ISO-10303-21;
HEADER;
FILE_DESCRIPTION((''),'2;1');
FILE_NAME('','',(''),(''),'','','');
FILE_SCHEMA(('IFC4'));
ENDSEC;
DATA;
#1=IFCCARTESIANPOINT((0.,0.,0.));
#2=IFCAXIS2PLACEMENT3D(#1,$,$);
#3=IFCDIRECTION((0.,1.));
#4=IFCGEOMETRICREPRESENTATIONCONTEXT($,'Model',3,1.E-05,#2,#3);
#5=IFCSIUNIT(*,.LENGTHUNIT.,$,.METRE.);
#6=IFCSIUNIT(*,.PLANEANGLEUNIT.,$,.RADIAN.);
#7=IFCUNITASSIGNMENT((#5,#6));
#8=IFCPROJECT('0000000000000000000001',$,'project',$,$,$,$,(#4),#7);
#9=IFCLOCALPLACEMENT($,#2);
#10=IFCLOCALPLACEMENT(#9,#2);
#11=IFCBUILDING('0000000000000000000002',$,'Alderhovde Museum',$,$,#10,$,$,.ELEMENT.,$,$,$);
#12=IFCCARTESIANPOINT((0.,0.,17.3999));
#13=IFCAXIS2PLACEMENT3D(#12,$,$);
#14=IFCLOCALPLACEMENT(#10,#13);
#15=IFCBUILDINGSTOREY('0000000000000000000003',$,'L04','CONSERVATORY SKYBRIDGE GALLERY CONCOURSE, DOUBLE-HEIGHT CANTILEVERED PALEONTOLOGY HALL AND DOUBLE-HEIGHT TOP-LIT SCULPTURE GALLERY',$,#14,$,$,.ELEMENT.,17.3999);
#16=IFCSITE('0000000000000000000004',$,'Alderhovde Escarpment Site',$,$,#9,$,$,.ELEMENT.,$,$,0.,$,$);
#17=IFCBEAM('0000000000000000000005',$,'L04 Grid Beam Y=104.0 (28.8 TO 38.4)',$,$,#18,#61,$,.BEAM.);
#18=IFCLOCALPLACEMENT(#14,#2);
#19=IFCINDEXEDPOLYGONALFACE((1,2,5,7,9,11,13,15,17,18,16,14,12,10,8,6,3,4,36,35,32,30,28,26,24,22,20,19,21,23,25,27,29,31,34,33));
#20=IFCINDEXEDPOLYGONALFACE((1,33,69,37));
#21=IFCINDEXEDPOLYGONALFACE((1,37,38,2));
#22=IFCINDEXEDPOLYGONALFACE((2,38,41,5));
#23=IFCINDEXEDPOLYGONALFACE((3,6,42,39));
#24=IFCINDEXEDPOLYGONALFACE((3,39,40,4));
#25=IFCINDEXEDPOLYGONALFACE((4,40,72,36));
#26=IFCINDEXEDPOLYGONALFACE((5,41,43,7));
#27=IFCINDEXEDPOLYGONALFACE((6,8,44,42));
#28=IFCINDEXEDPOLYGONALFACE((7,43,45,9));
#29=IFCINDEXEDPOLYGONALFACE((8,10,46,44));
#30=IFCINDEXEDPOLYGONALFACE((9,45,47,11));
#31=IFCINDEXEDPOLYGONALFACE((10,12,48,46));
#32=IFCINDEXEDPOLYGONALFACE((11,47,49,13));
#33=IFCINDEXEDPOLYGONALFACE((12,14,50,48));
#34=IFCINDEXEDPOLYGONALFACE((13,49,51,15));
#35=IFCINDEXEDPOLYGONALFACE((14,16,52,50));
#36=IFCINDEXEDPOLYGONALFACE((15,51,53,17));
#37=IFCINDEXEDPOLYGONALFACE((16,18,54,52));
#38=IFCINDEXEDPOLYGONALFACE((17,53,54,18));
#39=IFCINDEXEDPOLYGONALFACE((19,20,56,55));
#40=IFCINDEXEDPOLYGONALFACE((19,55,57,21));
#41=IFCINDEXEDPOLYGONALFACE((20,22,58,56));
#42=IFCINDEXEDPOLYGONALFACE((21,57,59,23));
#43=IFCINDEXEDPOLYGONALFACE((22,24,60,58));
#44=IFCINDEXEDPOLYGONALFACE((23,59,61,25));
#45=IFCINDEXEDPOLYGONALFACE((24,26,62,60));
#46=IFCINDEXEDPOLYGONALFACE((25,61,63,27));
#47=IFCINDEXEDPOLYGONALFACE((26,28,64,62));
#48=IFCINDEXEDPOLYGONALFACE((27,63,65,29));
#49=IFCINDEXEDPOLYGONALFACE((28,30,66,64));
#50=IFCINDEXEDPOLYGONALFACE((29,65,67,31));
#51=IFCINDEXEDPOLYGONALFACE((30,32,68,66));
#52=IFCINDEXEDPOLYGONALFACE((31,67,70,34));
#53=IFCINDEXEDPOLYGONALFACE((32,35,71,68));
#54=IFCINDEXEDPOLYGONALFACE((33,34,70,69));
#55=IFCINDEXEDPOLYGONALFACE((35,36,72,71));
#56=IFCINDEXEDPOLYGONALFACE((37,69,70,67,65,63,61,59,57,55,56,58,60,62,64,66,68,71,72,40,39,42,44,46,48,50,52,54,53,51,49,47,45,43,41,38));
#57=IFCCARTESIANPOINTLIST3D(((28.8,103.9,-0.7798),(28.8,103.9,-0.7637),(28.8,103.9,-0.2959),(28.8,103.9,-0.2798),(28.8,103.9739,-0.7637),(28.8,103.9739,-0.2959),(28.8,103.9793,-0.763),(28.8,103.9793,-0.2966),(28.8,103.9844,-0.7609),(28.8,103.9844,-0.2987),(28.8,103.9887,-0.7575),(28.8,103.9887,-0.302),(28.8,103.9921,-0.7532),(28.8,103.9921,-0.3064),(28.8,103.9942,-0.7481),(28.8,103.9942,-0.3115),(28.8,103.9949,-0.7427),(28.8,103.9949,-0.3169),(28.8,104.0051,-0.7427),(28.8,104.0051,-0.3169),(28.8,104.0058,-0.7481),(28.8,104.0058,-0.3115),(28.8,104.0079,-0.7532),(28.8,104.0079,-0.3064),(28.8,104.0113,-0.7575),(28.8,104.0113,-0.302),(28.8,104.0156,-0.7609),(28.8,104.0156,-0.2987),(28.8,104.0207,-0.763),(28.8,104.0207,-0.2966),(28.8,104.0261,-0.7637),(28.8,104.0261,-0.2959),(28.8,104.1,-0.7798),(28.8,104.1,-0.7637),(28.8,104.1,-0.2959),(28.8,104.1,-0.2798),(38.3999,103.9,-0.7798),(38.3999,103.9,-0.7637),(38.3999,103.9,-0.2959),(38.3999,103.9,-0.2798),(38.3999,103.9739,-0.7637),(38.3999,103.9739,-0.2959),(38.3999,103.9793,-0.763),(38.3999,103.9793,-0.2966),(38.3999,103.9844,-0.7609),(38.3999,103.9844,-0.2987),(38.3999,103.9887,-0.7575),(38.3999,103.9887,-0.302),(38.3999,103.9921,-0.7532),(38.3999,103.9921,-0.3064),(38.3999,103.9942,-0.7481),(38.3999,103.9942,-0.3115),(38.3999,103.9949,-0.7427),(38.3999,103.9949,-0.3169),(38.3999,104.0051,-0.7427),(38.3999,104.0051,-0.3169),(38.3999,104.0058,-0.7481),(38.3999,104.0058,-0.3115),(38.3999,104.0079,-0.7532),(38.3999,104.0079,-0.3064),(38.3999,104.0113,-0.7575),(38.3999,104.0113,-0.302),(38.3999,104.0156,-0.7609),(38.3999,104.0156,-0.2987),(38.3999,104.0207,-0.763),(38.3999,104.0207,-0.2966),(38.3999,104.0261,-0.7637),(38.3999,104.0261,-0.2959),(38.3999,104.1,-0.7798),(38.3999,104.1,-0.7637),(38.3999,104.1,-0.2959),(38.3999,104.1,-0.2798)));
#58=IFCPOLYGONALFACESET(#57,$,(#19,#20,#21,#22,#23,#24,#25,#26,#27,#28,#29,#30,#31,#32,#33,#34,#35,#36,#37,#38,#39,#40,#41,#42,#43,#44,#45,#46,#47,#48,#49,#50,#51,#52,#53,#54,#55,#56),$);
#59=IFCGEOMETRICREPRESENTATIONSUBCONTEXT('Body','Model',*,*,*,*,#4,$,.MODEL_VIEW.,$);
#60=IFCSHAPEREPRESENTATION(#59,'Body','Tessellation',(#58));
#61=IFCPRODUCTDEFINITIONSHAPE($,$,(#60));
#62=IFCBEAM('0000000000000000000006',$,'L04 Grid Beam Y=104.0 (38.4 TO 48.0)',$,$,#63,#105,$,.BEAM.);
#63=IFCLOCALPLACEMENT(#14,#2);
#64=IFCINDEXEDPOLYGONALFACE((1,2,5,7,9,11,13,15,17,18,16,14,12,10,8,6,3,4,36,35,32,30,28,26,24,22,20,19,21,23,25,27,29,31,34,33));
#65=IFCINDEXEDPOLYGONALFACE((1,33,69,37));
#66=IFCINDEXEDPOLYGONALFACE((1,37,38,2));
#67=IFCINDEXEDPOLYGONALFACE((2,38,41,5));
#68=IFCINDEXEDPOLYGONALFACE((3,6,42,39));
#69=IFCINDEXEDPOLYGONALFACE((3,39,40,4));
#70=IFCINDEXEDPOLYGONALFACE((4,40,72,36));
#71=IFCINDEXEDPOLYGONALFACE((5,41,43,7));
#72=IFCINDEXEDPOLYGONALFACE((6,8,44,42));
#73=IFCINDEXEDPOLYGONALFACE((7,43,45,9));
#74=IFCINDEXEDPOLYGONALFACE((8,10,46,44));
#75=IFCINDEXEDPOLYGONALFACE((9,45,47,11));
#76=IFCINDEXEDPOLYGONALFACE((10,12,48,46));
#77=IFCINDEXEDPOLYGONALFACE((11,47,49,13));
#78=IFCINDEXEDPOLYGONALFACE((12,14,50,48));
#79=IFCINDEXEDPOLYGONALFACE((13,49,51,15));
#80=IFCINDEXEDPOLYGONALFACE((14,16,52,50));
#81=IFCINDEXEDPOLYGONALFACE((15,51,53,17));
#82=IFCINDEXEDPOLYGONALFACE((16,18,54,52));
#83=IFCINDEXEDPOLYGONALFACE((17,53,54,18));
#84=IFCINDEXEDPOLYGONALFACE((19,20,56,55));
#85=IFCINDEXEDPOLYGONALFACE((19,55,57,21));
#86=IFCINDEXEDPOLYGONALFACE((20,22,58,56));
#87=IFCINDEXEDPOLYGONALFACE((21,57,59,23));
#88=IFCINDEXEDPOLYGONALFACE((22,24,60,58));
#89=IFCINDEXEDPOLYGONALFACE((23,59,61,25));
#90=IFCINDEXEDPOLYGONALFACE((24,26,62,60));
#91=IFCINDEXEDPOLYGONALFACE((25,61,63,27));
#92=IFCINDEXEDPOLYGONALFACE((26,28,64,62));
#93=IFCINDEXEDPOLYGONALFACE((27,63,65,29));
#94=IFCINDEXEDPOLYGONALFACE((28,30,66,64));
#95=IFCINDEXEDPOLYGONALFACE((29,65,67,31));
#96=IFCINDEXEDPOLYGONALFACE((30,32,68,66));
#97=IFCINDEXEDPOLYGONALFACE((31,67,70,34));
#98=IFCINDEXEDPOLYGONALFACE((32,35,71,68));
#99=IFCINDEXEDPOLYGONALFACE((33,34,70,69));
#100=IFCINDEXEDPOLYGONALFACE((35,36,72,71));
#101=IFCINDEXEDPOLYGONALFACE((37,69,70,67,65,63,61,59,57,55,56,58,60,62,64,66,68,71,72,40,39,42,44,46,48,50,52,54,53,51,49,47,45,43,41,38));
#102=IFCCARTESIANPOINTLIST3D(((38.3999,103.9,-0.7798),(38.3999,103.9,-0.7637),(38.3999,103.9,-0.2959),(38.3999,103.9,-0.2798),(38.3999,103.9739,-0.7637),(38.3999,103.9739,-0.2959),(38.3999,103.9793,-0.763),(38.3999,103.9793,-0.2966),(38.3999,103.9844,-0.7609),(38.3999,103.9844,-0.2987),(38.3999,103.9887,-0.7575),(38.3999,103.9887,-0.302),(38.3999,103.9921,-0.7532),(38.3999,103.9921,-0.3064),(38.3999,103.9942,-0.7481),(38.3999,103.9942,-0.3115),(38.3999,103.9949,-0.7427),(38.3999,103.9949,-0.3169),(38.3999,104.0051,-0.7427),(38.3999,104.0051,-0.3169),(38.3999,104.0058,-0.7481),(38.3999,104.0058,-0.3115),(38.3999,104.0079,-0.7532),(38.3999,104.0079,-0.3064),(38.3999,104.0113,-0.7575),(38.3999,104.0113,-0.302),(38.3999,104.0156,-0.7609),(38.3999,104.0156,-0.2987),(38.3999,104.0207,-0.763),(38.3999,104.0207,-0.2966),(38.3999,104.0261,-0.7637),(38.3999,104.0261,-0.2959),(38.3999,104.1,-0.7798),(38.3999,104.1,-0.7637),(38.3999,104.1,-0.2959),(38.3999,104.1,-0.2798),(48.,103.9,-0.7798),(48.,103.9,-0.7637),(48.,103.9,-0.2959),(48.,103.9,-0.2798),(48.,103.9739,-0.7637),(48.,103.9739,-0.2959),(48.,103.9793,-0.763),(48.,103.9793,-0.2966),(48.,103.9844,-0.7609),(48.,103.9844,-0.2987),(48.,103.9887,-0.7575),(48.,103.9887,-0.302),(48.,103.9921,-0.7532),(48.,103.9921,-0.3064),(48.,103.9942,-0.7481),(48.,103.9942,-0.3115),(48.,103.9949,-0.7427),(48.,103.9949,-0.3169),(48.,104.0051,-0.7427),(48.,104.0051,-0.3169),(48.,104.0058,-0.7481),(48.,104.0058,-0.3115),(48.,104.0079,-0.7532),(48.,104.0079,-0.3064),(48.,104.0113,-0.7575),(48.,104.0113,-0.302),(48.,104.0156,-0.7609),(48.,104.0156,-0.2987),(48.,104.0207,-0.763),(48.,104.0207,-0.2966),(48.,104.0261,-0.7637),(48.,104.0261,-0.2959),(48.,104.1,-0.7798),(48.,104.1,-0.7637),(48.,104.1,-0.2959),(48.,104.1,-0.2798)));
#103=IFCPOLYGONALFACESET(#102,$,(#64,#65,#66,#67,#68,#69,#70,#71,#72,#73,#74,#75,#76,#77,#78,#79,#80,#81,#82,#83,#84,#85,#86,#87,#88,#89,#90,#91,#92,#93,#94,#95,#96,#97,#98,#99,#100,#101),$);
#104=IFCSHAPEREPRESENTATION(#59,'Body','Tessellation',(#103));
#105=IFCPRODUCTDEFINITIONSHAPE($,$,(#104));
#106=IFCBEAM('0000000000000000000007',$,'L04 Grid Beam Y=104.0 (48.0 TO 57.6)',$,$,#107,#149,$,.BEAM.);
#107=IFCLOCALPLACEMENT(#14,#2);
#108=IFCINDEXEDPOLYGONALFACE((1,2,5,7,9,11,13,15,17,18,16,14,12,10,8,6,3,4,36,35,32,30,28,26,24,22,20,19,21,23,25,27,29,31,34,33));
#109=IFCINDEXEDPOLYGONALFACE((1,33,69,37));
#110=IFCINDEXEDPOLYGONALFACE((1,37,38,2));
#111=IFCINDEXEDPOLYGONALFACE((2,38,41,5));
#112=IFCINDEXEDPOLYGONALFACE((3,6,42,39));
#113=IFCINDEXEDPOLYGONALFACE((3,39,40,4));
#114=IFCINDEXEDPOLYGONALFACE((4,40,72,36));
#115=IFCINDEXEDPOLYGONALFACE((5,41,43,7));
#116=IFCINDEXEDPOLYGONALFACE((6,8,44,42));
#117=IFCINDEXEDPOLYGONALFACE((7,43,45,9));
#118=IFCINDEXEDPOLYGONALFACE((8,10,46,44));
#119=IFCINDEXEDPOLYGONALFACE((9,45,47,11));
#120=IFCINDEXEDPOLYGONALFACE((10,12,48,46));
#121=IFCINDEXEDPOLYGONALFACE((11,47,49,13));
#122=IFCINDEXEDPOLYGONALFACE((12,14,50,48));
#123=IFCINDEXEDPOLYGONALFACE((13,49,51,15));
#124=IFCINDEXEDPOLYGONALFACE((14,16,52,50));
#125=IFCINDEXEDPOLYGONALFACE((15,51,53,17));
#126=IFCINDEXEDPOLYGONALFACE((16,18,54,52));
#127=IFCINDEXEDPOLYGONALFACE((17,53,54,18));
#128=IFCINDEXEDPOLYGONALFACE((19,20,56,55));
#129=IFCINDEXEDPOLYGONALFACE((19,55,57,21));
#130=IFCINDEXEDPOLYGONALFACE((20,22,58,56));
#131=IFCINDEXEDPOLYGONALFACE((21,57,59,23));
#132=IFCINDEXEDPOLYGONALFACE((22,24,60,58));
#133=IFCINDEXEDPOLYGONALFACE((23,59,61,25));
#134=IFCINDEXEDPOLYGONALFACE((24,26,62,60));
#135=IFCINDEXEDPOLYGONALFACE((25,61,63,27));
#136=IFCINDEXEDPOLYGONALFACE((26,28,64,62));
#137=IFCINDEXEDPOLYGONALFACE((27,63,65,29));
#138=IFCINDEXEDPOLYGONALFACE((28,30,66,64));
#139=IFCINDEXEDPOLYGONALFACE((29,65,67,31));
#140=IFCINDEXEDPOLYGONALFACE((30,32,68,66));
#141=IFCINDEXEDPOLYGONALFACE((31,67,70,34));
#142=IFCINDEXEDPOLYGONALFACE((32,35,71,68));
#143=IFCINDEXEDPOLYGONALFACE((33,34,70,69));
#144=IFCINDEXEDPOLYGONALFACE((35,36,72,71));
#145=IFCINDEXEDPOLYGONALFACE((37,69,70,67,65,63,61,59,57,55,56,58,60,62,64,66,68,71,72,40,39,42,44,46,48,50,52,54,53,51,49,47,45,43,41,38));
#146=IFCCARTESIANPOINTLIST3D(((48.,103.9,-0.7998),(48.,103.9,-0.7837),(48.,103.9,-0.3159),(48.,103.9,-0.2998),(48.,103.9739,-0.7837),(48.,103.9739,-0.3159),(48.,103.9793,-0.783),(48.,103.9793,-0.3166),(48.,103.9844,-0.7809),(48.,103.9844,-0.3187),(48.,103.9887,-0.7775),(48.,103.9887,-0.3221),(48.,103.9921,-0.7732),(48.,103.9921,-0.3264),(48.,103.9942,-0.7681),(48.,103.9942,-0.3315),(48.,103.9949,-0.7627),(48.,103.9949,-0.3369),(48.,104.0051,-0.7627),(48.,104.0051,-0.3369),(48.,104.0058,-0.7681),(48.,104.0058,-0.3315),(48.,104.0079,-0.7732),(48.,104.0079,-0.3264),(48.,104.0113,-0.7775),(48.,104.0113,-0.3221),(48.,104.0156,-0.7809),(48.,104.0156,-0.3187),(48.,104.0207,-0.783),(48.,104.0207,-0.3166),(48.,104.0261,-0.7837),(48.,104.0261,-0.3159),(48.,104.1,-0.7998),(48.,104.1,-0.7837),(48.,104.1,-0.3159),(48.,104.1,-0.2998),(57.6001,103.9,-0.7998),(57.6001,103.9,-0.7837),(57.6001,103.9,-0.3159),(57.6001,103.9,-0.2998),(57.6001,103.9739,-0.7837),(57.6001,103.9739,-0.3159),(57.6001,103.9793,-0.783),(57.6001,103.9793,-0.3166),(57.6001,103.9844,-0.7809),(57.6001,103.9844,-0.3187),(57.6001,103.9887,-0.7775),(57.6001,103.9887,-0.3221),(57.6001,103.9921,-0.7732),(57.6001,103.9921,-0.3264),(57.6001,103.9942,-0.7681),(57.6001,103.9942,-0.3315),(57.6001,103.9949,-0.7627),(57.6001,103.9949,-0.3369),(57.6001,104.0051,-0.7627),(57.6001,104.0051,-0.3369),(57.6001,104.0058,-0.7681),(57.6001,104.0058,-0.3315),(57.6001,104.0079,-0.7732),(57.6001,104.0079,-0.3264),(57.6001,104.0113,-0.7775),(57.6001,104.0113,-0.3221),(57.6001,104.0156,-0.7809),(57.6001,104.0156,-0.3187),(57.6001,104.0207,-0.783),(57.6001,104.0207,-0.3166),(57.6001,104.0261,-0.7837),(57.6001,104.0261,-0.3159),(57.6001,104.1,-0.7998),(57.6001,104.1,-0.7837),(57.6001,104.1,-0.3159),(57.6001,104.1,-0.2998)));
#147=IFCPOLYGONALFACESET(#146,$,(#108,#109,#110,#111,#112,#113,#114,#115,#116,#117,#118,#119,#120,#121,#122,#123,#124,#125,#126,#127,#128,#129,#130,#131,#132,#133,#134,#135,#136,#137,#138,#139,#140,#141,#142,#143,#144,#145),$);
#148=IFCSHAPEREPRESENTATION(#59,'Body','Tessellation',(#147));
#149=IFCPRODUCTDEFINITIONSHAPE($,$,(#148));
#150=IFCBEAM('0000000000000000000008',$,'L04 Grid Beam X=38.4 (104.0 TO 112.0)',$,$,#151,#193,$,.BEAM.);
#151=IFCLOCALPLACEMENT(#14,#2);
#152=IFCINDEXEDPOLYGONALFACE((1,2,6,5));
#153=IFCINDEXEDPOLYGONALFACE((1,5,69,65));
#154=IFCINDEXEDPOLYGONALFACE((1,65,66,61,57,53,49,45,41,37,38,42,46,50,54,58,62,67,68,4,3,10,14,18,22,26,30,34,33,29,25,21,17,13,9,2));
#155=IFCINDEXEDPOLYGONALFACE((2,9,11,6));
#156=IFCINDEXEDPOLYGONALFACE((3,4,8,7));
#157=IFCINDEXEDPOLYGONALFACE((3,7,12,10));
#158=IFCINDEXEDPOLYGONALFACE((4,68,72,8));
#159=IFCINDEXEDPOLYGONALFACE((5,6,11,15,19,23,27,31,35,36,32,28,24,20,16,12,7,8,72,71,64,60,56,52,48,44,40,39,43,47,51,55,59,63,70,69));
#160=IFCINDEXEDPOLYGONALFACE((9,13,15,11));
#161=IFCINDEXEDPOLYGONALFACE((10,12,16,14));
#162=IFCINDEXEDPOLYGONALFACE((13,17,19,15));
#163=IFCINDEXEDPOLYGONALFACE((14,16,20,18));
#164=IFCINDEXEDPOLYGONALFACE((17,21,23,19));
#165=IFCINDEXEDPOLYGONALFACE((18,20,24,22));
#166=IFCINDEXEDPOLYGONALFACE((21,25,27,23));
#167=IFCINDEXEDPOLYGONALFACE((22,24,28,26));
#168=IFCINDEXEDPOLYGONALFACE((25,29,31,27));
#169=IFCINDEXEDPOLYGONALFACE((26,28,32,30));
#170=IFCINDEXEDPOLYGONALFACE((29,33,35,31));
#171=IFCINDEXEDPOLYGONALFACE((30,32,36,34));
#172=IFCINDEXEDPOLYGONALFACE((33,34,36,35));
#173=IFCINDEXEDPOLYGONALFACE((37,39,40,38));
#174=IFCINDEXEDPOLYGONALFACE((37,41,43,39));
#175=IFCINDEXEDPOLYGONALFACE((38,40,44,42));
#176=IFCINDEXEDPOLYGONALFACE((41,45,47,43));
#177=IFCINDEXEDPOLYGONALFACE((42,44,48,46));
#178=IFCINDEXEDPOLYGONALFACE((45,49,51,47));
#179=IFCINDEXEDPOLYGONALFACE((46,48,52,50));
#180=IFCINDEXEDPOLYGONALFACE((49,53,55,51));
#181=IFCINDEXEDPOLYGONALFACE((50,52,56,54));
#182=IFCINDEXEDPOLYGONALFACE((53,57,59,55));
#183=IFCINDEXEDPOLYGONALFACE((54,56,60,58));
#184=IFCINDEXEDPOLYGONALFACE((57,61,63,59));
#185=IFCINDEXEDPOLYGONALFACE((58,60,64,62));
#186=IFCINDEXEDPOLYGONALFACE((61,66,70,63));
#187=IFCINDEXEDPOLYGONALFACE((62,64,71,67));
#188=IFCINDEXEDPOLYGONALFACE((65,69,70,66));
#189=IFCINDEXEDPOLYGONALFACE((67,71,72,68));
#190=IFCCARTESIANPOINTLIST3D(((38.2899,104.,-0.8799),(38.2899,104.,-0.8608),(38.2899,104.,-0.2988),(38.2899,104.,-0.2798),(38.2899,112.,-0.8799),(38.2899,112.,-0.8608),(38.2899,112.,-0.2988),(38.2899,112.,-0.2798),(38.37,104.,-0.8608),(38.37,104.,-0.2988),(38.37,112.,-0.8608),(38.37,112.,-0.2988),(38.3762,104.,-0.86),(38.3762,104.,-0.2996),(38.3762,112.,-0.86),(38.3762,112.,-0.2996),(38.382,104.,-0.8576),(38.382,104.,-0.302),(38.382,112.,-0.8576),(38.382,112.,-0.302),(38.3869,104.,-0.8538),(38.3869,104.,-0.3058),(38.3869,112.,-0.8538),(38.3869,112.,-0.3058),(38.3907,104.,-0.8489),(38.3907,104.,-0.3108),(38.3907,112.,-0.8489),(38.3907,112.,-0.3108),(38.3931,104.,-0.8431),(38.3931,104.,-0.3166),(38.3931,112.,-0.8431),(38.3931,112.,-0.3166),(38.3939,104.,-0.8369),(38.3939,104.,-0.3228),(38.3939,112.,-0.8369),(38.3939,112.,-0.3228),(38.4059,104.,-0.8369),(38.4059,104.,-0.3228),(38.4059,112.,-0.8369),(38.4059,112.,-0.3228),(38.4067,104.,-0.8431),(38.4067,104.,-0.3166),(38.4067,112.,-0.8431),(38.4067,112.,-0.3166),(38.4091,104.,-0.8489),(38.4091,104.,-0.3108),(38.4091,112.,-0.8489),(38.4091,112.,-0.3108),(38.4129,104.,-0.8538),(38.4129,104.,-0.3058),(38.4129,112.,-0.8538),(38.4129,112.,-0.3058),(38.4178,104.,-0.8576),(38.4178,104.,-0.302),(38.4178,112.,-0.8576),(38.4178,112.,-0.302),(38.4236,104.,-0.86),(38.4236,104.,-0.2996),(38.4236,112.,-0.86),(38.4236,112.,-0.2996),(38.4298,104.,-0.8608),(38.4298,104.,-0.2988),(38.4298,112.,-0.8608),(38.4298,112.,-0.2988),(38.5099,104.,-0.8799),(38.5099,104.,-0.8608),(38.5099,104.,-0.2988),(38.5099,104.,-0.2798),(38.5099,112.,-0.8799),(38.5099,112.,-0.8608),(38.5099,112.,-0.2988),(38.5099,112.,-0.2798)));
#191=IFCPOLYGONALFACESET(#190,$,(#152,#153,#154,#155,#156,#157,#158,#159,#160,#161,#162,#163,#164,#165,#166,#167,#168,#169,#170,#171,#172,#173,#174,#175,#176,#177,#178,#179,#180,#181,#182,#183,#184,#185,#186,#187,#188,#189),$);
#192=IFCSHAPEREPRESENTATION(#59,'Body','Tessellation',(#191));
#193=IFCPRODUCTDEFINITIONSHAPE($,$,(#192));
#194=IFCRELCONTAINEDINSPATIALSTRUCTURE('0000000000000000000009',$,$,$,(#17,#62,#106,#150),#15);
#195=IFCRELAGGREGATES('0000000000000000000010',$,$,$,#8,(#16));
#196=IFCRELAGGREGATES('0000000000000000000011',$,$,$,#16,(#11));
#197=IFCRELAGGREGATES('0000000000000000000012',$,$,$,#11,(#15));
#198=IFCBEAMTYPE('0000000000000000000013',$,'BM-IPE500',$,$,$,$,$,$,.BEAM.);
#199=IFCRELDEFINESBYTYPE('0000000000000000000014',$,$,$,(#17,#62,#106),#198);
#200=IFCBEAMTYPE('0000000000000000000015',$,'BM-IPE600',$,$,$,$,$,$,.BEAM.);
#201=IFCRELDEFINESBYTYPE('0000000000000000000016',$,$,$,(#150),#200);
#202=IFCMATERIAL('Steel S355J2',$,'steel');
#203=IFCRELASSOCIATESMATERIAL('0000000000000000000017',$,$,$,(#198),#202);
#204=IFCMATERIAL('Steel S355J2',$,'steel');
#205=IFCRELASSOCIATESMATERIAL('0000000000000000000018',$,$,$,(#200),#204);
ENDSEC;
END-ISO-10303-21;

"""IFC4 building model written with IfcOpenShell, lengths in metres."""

from ifc_helpers import new_model, si_unit, direction, frame, origin, origin_2d, place, context, subcontext, project, spatial, i_section, extrude, material, material_profile, profile_set, type_object, element, save


model = new_model("IFC4")

# Units and contexts
model_context = context("Model", 3, precision=1e-05, world=origin(), true_north=direction((0.0, 1.0)))
body_context = subcontext(model_context, "Body", "Model", "MODEL_VIEW")
ifc_project = project(units=[si_unit("LENGTHUNIT", "METRE"), si_unit("PLANEANGLEUNIT", "RADIAN")], contexts=[model_context])

# Site, building, storey
site_placement = place(None, origin())
site = spatial("IfcSite", under=ifc_project, at=site_placement, Name="Alderhovde Escarpment Site", CompositionType="ELEMENT", RefElevation=0.0)
building_placement = place(site_placement, origin())
building = spatial("IfcBuilding", under=site, at=building_placement, Name="Alderhovde Museum", CompositionType="ELEMENT")
storey_placement = place(building_placement, frame((0.0, 0.0, 17.3999)))
storey = spatial("IfcBuildingStorey", under=building, at=storey_placement, Name="L04", Description="CONSERVATORY SKYBRIDGE GALLERY CONCOURSE, DOUBLE-HEIGHT CANTILEVERED PALEONTOLOGY HALL AND DOUBLE-HEIGHT TOP-LIT SCULPTURE GALLERY", CompositionType="ELEMENT", Elevation=17.3999)

# Beams
ifc_material_1 = material(Name="Steel S355J2", Category="steel")
ifc_material_profile_1 = material_profile(ifc_material_1, i_section(OverallWidth=0.2, OverallDepth=0.5, WebThickness=0.0103, FlangeThickness=0.0161, FilletRadius=0.021, at=origin_2d()), Name="IPE 500")
ifc_profile_set_1 = profile_set([ifc_material_profile_1], Name="Steel S355J2")
beam_type_1 = type_object("IfcBeamType", Name="BM-IPE500", PredefinedType="BEAM", material=ifc_profile_set_1)
beam_1_placement = place(storey_placement, frame((28.8, 104.0, -0.5298), z_axis=(1.0, 0.0, 0.0), x_axis=(0.0, 1.0, 0.0)))
element("IfcBeam", 1, at=beam_1_placement, inside=storey, type_object=beam_type_1, Name="L04 Grid Beam Y=104.0 (28.8 TO 38.4)", PredefinedType="BEAM", context=body_context, shape_type="SweptSolid", body=[
    extrude(i_section(OverallWidth=0.2, OverallDepth=0.5, WebThickness=0.0103, FlangeThickness=0.0161, FilletRadius=0.021, at=origin_2d()), origin(), (0.0, 0.0, 1.0), 9.5999),
])
for number, where, z_axis, x_axis, name in (
    (2, (38.3999, 104.0, -0.5298), (1.0, 0.0, 0.0), (0.0, 1.0, 0.0), "L04 Grid Beam Y=104.0 (38.4 TO 48.0)"),
    (3, (48.0, 104.0, -0.5498), (1.0, 0.0, 0.0), (0.0, 1.0, 0.0), "L04 Grid Beam Y=104.0 (48.0 TO 57.6)"),
):
    element("IfcBeam", number, at=place(storey_placement, frame(where, z_axis=z_axis, x_axis=x_axis)), inside=storey, type_object=beam_type_1, Name=name, PredefinedType="BEAM", context=body_context, shape_type="SweptSolid", body=[
        extrude(i_section(OverallWidth=0.2, OverallDepth=0.5, WebThickness=0.0103, FlangeThickness=0.0161, FilletRadius=0.021, at=origin_2d()), origin(), (0.0, 0.0, 1.0), 9.6001),
    ])
ifc_material_2 = material(Name="Steel S355J2", Category="steel")
ifc_material_profile_2 = material_profile(ifc_material_2, i_section(OverallWidth=0.22, OverallDepth=0.6001, WebThickness=0.012, FlangeThickness=0.019, FilletRadius=0.0239, at=origin_2d()), Name="IPE 600")
ifc_profile_set_2 = profile_set([ifc_material_profile_2], Name="Steel S355J2")
beam_type_2 = type_object("IfcBeamType", Name="BM-IPE600", PredefinedType="BEAM", material=ifc_profile_set_2)
beam_2_placement = place(storey_placement, frame((38.3999, 104.0, -0.5798), z_axis=(0.0, 1.0, 0.0), x_axis=(-1.0, 0.0, 0.0)))
element("IfcBeam", 4, at=beam_2_placement, inside=storey, type_object=beam_type_2, Name="L04 Grid Beam X=38.4 (104.0 TO 112.0)", PredefinedType="BEAM", context=body_context, shape_type="SweptSolid", body=[
    extrude(i_section(OverallWidth=0.22, OverallDepth=0.6001, WebThickness=0.012, FlangeThickness=0.019, FilletRadius=0.0239, at=origin_2d()), origin(), (0.0, 0.0, 1.0), 8.0),
])

save(model, "model.ifc")
